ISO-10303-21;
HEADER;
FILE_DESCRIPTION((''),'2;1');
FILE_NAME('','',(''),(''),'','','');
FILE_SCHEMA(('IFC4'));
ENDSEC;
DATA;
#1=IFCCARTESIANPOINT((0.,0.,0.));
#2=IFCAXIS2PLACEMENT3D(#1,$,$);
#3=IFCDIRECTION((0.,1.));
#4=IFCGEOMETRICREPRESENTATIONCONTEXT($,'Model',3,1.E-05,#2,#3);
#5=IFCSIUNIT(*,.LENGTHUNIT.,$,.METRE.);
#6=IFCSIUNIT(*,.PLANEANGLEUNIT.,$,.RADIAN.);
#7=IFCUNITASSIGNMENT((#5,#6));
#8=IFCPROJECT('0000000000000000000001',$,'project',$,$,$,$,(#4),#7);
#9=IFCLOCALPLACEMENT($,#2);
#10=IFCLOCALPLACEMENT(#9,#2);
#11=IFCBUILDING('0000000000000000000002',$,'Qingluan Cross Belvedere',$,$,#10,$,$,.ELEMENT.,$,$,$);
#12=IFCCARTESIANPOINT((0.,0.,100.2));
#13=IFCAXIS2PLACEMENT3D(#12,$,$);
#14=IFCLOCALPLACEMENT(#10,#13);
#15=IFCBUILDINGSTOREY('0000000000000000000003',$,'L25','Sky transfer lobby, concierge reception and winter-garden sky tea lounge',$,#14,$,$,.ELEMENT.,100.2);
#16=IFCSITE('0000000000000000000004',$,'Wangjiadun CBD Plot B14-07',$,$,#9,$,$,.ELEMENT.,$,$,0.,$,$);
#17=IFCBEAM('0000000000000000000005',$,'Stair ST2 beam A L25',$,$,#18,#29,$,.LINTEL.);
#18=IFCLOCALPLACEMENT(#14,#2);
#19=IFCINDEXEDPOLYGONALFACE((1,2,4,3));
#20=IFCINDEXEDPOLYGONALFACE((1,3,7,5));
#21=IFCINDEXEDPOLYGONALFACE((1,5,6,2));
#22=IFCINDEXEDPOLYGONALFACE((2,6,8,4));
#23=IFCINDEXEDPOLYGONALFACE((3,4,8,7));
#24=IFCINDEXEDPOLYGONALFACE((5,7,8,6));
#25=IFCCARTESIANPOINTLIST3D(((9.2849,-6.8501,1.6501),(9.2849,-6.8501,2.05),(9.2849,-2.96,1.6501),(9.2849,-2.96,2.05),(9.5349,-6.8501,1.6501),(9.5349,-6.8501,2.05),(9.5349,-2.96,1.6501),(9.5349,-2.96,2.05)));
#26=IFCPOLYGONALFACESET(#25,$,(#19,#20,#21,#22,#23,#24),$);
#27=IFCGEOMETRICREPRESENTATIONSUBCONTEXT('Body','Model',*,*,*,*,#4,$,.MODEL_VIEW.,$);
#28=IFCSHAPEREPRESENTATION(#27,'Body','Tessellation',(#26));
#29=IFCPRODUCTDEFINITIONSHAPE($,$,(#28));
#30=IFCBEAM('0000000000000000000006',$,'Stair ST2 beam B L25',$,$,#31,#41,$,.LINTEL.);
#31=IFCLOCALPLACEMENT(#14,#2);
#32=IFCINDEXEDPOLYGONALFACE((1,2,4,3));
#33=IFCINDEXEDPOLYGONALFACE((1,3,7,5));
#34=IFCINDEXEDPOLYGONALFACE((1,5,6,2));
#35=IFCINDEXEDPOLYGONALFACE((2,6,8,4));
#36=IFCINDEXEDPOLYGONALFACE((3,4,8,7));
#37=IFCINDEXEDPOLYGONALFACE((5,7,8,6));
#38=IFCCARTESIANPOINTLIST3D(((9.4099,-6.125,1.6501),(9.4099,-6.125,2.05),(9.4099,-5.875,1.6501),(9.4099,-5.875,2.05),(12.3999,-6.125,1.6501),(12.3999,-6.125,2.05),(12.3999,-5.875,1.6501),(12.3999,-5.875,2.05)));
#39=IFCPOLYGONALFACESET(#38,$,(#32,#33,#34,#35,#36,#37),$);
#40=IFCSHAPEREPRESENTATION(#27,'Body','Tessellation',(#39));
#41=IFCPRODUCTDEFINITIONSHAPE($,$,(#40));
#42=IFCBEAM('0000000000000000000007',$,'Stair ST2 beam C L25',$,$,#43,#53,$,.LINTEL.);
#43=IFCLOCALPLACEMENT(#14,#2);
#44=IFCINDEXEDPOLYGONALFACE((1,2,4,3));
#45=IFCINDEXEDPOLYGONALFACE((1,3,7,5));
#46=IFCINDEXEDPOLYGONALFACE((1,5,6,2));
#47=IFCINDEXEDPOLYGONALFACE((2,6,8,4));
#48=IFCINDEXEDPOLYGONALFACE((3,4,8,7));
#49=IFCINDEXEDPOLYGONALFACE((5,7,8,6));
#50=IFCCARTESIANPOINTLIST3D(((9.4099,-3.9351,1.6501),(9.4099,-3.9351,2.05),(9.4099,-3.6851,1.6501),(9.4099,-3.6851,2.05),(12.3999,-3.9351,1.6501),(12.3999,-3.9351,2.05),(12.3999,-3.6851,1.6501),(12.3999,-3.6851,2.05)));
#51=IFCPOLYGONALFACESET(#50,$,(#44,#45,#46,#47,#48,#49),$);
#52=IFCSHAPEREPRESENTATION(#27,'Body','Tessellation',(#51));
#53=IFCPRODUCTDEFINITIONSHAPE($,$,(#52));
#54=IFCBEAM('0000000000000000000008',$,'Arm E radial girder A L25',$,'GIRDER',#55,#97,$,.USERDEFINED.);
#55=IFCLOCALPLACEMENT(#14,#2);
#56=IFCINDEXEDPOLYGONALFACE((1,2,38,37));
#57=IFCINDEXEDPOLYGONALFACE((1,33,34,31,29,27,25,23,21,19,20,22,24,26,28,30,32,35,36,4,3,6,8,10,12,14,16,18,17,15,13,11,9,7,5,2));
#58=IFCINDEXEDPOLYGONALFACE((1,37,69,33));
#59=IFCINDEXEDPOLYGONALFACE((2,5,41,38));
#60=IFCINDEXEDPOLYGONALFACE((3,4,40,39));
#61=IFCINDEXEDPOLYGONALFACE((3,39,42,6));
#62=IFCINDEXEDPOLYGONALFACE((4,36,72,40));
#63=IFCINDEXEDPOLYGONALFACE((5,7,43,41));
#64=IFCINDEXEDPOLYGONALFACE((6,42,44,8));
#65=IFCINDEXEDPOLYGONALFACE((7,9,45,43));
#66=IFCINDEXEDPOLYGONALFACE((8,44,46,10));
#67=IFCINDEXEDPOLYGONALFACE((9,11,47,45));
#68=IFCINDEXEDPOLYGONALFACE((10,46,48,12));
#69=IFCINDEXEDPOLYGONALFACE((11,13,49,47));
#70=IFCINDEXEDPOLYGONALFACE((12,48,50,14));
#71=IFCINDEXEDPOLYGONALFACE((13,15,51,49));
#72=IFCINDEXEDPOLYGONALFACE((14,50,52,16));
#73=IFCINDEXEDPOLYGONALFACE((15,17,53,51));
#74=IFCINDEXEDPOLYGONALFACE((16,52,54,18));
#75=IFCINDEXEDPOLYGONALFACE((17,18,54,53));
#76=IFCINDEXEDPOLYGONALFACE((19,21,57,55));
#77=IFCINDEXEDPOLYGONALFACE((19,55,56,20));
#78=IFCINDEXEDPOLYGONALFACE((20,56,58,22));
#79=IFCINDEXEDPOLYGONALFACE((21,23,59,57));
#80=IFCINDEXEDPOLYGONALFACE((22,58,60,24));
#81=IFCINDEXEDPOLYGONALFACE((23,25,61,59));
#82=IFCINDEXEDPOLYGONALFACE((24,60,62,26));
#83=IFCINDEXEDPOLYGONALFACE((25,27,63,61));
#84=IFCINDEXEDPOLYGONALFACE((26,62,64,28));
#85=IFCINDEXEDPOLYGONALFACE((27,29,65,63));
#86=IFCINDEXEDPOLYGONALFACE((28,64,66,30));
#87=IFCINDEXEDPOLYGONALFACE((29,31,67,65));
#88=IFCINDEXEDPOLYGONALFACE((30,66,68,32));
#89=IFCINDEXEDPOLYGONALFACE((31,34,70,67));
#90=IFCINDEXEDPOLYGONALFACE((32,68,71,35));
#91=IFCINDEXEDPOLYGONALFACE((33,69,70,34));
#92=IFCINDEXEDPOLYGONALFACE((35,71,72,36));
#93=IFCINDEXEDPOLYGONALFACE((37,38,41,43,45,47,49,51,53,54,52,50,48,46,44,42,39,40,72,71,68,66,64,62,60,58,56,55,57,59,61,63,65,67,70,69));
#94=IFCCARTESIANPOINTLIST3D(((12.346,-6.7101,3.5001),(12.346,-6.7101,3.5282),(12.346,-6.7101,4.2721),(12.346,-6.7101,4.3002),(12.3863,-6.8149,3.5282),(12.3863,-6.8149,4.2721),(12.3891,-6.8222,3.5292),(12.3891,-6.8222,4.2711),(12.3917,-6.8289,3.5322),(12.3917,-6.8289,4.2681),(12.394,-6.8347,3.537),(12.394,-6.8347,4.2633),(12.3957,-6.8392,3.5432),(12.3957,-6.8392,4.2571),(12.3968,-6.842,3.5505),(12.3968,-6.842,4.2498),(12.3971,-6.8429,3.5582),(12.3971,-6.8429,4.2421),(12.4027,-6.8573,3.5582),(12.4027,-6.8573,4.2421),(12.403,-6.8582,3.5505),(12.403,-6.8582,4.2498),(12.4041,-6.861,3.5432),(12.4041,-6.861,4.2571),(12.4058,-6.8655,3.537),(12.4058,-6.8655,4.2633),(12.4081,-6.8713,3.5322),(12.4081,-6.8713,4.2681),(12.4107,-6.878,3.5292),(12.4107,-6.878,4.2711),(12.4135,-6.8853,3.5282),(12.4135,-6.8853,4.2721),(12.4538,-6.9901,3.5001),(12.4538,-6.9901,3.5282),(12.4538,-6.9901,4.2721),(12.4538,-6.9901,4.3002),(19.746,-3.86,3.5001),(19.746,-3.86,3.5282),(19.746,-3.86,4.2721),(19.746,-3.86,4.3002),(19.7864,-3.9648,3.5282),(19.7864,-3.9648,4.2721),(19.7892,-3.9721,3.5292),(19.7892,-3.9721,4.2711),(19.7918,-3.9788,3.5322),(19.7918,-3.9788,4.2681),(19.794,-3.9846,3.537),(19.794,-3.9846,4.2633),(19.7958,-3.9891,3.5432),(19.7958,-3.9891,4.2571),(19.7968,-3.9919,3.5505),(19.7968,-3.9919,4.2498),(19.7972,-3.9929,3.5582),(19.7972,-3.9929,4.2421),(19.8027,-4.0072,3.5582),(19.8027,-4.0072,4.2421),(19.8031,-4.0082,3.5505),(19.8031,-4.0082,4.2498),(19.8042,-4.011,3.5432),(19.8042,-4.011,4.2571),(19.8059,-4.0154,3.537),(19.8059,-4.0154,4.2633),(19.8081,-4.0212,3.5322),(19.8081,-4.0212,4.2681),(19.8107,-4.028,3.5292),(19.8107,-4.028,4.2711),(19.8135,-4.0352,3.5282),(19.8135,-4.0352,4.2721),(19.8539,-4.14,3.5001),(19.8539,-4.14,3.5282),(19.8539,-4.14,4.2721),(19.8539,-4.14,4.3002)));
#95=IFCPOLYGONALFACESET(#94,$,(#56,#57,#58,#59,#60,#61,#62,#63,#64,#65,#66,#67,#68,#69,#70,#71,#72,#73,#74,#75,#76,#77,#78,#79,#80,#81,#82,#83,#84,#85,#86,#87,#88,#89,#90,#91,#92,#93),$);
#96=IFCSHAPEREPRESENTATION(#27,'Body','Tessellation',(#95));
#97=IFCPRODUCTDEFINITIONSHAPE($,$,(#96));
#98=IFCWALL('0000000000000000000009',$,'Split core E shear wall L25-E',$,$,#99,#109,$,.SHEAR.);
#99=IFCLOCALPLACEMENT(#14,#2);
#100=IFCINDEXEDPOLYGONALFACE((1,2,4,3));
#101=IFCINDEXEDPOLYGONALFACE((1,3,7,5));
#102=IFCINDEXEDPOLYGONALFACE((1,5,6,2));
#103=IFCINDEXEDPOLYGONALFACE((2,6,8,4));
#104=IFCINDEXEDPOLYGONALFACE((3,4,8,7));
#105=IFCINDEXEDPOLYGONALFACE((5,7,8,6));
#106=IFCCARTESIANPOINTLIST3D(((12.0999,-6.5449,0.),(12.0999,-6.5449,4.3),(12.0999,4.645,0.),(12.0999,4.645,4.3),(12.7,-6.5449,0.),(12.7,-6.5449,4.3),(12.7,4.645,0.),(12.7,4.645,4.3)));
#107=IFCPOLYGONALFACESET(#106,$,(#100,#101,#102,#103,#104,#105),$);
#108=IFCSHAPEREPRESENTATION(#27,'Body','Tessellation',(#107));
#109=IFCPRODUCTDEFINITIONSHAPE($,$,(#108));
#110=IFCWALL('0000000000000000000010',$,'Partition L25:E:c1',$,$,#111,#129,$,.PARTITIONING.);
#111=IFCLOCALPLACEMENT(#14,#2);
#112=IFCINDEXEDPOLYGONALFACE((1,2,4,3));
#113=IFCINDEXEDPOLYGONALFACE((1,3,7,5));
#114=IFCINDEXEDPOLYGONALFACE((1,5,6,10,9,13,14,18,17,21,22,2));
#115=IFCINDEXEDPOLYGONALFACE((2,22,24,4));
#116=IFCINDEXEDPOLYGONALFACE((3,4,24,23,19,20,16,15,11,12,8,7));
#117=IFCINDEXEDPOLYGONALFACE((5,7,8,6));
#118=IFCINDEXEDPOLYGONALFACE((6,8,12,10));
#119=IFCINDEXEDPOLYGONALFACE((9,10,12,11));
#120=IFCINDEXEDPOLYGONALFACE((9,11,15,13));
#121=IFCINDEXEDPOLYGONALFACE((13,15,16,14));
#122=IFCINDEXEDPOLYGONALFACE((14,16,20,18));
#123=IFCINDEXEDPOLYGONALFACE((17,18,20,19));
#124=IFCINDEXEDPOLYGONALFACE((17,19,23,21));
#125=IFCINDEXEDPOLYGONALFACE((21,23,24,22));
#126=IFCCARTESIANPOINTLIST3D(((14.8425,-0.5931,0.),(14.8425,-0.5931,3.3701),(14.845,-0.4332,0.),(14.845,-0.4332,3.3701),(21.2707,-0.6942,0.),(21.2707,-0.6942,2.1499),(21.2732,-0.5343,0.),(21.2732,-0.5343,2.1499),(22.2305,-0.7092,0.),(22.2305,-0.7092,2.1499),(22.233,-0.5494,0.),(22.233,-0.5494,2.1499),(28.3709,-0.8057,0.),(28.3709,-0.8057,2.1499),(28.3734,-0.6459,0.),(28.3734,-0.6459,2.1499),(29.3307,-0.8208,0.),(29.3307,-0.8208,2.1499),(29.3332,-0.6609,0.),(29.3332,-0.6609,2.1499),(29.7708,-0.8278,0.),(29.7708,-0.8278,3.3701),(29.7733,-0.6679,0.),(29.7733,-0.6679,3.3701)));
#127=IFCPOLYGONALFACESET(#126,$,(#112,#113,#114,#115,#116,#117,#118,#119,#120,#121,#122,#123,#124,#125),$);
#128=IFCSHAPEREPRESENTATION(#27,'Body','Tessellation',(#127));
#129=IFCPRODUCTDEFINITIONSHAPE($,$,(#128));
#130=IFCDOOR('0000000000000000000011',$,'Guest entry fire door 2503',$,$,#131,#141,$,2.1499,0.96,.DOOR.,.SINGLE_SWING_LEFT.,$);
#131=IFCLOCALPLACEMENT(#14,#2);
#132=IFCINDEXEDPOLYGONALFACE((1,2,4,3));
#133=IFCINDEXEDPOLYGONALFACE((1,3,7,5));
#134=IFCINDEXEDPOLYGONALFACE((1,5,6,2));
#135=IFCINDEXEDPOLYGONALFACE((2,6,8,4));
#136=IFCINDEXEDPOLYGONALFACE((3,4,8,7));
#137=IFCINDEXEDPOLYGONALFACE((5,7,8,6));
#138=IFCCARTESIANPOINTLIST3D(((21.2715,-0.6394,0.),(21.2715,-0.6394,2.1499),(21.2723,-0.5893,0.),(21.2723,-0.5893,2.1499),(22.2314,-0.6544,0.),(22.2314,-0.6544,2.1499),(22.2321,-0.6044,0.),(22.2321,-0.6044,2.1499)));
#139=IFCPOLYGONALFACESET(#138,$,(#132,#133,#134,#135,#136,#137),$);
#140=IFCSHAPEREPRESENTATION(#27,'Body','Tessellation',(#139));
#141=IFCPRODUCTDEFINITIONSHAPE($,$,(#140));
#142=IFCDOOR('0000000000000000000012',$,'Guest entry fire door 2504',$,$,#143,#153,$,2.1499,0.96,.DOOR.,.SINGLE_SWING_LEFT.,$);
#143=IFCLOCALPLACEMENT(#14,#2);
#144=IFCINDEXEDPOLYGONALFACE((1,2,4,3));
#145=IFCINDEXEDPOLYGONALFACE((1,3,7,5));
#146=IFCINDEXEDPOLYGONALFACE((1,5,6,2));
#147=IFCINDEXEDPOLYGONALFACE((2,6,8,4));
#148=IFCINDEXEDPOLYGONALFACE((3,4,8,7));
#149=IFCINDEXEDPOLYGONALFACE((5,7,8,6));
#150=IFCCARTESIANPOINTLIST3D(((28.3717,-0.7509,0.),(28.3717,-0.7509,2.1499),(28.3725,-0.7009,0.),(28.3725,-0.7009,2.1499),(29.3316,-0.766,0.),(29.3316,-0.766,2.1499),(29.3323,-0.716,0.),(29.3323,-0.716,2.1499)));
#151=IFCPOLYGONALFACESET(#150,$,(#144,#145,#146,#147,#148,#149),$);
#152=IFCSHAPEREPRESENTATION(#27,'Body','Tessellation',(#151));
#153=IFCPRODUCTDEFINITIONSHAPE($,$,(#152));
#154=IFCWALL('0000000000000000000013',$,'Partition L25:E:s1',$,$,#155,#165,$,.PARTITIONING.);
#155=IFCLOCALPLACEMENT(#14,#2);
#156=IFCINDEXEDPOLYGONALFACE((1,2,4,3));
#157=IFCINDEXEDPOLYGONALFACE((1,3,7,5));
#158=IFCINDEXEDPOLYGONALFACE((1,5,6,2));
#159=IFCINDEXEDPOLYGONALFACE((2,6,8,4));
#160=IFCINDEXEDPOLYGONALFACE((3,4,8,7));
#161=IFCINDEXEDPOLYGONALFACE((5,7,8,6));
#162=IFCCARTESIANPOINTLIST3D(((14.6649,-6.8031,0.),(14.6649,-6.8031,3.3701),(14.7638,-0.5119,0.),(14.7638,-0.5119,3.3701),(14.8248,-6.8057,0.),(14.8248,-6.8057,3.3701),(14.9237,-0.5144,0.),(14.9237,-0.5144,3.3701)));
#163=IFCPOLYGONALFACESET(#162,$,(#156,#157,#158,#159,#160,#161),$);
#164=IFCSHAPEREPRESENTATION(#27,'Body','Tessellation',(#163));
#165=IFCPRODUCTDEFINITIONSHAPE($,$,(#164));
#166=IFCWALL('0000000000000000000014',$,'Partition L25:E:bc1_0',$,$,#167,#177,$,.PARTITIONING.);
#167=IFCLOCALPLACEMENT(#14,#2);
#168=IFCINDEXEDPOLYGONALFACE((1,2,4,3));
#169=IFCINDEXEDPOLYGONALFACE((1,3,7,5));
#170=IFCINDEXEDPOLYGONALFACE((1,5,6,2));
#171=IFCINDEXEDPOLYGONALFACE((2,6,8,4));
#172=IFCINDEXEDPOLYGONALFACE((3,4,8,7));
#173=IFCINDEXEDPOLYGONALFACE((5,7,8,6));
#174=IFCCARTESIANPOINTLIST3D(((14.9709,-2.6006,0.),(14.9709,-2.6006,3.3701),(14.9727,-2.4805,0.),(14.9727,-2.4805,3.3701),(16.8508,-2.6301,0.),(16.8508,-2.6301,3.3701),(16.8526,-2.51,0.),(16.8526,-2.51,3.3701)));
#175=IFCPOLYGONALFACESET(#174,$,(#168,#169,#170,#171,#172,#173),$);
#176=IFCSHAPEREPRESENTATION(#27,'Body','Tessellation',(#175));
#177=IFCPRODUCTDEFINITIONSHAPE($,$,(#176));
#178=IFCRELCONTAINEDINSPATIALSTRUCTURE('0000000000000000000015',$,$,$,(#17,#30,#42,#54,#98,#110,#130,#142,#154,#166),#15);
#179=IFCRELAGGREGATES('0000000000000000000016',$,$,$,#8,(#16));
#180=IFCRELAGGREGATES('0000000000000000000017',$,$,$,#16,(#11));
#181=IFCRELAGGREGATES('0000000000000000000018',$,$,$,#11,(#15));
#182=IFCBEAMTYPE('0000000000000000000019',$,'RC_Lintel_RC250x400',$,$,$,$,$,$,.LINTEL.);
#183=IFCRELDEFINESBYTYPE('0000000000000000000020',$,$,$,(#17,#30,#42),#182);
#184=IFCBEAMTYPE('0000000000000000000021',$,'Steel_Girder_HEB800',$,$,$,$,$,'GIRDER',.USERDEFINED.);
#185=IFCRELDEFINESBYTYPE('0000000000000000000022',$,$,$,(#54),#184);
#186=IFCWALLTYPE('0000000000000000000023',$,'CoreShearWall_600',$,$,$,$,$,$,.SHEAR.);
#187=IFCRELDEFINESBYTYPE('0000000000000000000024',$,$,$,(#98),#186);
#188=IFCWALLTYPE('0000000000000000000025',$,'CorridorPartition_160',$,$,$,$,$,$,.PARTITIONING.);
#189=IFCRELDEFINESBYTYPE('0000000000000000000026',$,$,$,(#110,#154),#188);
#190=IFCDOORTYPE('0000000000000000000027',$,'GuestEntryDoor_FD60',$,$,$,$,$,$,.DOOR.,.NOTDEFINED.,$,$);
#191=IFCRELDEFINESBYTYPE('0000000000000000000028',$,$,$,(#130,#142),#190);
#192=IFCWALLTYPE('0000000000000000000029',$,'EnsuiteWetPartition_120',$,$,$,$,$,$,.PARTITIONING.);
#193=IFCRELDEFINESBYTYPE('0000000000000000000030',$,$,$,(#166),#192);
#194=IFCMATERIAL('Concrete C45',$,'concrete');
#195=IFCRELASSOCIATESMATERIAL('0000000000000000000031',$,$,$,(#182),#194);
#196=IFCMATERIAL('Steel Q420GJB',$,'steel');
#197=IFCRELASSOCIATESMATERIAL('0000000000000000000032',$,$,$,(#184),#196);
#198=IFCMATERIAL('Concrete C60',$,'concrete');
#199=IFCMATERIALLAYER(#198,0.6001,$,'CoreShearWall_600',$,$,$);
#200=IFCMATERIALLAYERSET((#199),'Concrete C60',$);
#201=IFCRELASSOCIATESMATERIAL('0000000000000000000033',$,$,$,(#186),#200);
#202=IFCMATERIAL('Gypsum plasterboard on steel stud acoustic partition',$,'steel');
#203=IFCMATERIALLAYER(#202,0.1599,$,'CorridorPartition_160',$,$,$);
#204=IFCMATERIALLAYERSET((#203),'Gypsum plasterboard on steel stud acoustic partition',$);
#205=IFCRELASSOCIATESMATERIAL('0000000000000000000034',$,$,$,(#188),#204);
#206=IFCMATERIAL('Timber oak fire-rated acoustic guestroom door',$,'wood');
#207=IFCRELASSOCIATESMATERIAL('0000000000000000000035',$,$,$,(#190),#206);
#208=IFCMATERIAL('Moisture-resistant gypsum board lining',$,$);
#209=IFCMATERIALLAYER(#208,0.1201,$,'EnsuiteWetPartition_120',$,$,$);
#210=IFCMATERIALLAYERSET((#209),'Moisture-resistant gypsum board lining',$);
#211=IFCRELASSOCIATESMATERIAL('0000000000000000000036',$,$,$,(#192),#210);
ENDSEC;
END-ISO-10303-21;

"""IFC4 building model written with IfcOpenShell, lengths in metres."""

from ifc_helpers import new_model, si_unit, direction, frame, frame_2d, origin, origin_2d, place, context, subcontext, project, spatial, rectangle, i_section, extrude, material, layer, layer_set, material_profile, profile_set, type_object, element, fill, save


model = new_model("IFC4")

# Units and contexts
model_context = context("Model", 3, precision=1e-05, world=origin(), true_north=direction((0.0, 1.0)))
body_context = subcontext(model_context, "Body", "Model", "MODEL_VIEW")
ifc_project = project(units=[si_unit("LENGTHUNIT", "METRE"), si_unit("PLANEANGLEUNIT", "RADIAN")], contexts=[model_context])

# Site, building, storey
site_placement = place(None, origin())
site = spatial("IfcSite", under=ifc_project, at=site_placement, Name="Wangjiadun CBD Plot B14-07", CompositionType="ELEMENT", RefElevation=0.0)
building_placement = place(site_placement, origin())
building = spatial("IfcBuilding", under=site, at=building_placement, Name="Qingluan Cross Belvedere", CompositionType="ELEMENT")
storey_placement = place(building_placement, frame((0.0, 0.0, 100.2)))
storey = spatial("IfcBuildingStorey", under=building, at=storey_placement, Name="L25", Description="Sky transfer lobby, concierge reception and winter-garden sky tea lounge", CompositionType="ELEMENT", Elevation=100.2)

# Beams
ifc_material_1 = material(Name="Concrete C45", Category="concrete")
ifc_material_profile_1 = material_profile(ifc_material_1, rectangle(XDim=0.25, YDim=0.3999, at=origin_2d()), Name="RC250x400")
ifc_profile_set_1 = profile_set([ifc_material_profile_1], Name="Concrete C45")
beam_type_1 = type_object("IfcBeamType", Name="RC_Lintel_RC250x400", PredefinedType="LINTEL", material=ifc_profile_set_1)
beam_1_placement = place(storey_placement, frame((9.4099, -6.8501, 1.8501), z_axis=(0.0, 1.0, 0.0), x_axis=(-1.0, 0.0, 0.0)))
element("IfcBeam", 1, at=beam_1_placement, inside=storey, type_object=beam_type_1, Name="Stair ST2 beam A L25", PredefinedType="LINTEL", context=body_context, shape_type="SweptSolid", body=[
    extrude(rectangle(XDim=0.25, YDim=0.3999, at=origin_2d()), origin(), (0.0, 0.0, 1.0), 3.8901),
])
for number, where, z_axis, x_axis, name in (
    (2, (12.3999, -6.0, 1.8501), (-1.0, 0.0, 0.0), (0.0, -1.0, 0.0), "Stair ST2 beam B L25"),
    (3, (12.3999, -3.8101, 1.8501), (-1.0, 0.0, 0.0), (0.0, -1.0, 0.0), "Stair ST2 beam C L25"),
):
    element("IfcBeam", number, at=place(storey_placement, frame(where, z_axis=z_axis, x_axis=x_axis)), inside=storey, type_object=beam_type_1, Name=name, PredefinedType="LINTEL", context=body_context, shape_type="SweptSolid", body=[
        extrude(rectangle(XDim=0.25, YDim=0.3999, at=origin_2d()), origin(), (0.0, 0.0, 1.0), 2.99),
    ])
ifc_material_2 = material(Name="Steel Q420GJB", Category="steel")
ifc_material_profile_2 = material_profile(ifc_material_2, i_section(OverallWidth=0.3, OverallDepth=0.8, WebThickness=0.0154, FlangeThickness=0.0281, FilletRadius=0.03, at=origin_2d()), Name="HEB800")
ifc_profile_set_2 = profile_set([ifc_material_profile_2], Name="Steel Q420GJB")
beam_type_2 = type_object("IfcBeamType", Name="Steel_Girder_HEB800", ElementType="GIRDER", PredefinedType="USERDEFINED", material=ifc_profile_set_2)
beam_2_placement = place(storey_placement, frame((12.3999, -6.8501, 3.9001), z_axis=(0.933181, 0.359406, 0.0), x_axis=(-0.359406, 0.933181, 0.0)))
element("IfcBeam", 4, at=beam_2_placement, inside=storey, type_object=beam_type_2, Name="Arm E radial girder A L25", ObjectType="GIRDER", PredefinedType="USERDEFINED", context=body_context, shape_type="SweptSolid", body=[
    extrude(i_section(OverallWidth=0.3, OverallDepth=0.8, WebThickness=0.0154, FlangeThickness=0.0281, FilletRadius=0.03, at=origin_2d()), origin(), (0.0, 0.0, 1.0), 7.9299),
])

# Wall
ifc_material_3 = material(Name="Concrete C60", Category="concrete")
ifc_layer_1 = layer(ifc_material_3, 0.6001, Name="CoreShearWall_600")
ifc_layer_set_1 = layer_set([ifc_layer_1], Name="Concrete C60")
wall_type_1 = type_object("IfcWallType", Name="CoreShearWall_600", PredefinedType="SHEAR", material=ifc_layer_set_1)
wall_1_placement = place(storey_placement, frame((12.3999, -6.5449, 0.0), z_axis=(0.0, 0.0, 1.0), x_axis=(0.0, 1.0, 0.0)))
element("IfcWall", 5, at=wall_1_placement, inside=storey, type_object=wall_type_1, Name="Split core E shear wall L25-E", PredefinedType="SHEAR", context=body_context, shape_type="SweptSolid", body=[
    extrude(rectangle(XDim=11.1899, YDim=0.6001, at=frame_2d((5.595, 0.0))), origin(), (0.0, 0.0, 1.0), 4.3),
])

# Wall, openings, doors
ifc_material_4 = material(Name="Gypsum plasterboard on steel stud acoustic partition", Category="steel")
ifc_layer_2 = layer(ifc_material_4, 0.1599, Name="CorridorPartition_160")
ifc_layer_set_2 = layer_set([ifc_layer_2], Name="Gypsum plasterboard on steel stud acoustic partition")
wall_type_2 = type_object("IfcWallType", Name="CorridorPartition_160", PredefinedType="PARTITIONING", material=ifc_layer_set_2)
wall_2_placement = place(storey_placement, frame((14.8438, -0.5132, 0.0), z_axis=(0.0, 0.0, 1.0), x_axis=(0.999877, -0.015715, 0.0)))
wall_2 = element("IfcWall", 6, at=wall_2_placement, inside=storey, type_object=wall_type_2, Name="Partition L25:E:c1", PredefinedType="PARTITIONING", context=body_context, shape_type="SweptSolid", body=[
    extrude(rectangle(XDim=14.9302, YDim=0.1599, at=frame_2d((7.4651, 0.0))), origin(), (0.0, 0.0, 1.0), 3.3701),
])
opening_1_placement = place(wall_2_placement, frame((6.429, 0.0, 0.0)))
opening_1 = element("IfcOpeningElement", 7, at=opening_1_placement, cuts=wall_2, PredefinedType="OPENING", context=body_context, shape_type="SweptSolid", body=[
    extrude(rectangle(XDim=0.96, YDim=2.1499, at=frame_2d((0.48, 1.075))), frame((0.0, 0.0898, 0.0), z_axis=(0.0, -1.0, 0.0), x_axis=(1.0, 0.0, 0.0)), (0.0, 0.0, 1.0), 0.1799),
])
opening_2_placement = place(wall_2_placement, frame((13.53, 0.0, 0.0)))
opening_2 = element("IfcOpeningElement", 8, at=opening_2_placement, cuts=wall_2, PredefinedType="OPENING", context=body_context, shape_type="SweptSolid", body=[
    extrude(rectangle(XDim=0.96, YDim=2.1499, at=frame_2d((0.48, 1.075))), frame((0.0, 0.0898, 0.0), z_axis=(0.0, -1.0, 0.0), x_axis=(1.0, 0.0, 0.0)), (0.0, 0.0, 1.0), 0.1799),
])
ifc_material_5 = material(Name="Timber oak fire-rated acoustic guestroom door", Category="wood")
door_type = type_object("IfcDoorType", Name="GuestEntryDoor_FD60", OperationType="NOTDEFINED", PredefinedType="DOOR", material=ifc_material_5)
door_1_placement = place(opening_1_placement, origin())
door_1 = element("IfcDoor", 9, at=door_1_placement, inside=storey, type_object=door_type, Name="Guest entry fire door 2503", OperationType="SINGLE_SWING_LEFT", OverallHeight=2.1499, OverallWidth=0.96, PredefinedType="DOOR", context=body_context, shape_type="SweptSolid", body=[
    extrude(rectangle(XDim=0.96, YDim=2.1499, at=frame_2d((0.48, 1.075))), frame((0.0, 0.0249, 0.0), z_axis=(0.0, -1.0, 0.0), x_axis=(1.0, 0.0, 0.0)), (0.0, 0.0, 1.0), 0.05),
])
fill(opening_1, door_1)
door_2_placement = place(opening_2_placement, origin())
door_2 = element("IfcDoor", 10, at=door_2_placement, inside=storey, type_object=door_type, Name="Guest entry fire door 2504", OperationType="SINGLE_SWING_LEFT", OverallHeight=2.1499, OverallWidth=0.96, PredefinedType="DOOR", context=body_context, shape_type="SweptSolid", body=[
    extrude(rectangle(XDim=0.96, YDim=2.1499, at=frame_2d((0.48, 1.075))), frame((0.0, 0.0249, 0.0), z_axis=(0.0, -1.0, 0.0), x_axis=(1.0, 0.0, 0.0)), (0.0, 0.0, 1.0), 0.05),
])
fill(opening_2, door_2)

# Walls
wall_3_placement = place(storey_placement, frame((14.8438, -0.5132, 0.0), z_axis=(0.0, 0.0, 1.0), x_axis=(-0.015715, -0.999877, 0.0)))
element("IfcWall", 11, at=wall_3_placement, inside=storey, type_object=wall_type_2, Name="Partition L25:E:s1", PredefinedType="PARTITIONING", context=body_context, shape_type="SweptSolid", body=[
    extrude(rectangle(XDim=6.292, YDim=0.1599, at=frame_2d((3.146, 0.0))), origin(), (0.0, 0.0, 1.0), 3.3701),
])
ifc_material_6 = material(Name="Moisture-resistant gypsum board lining")
ifc_layer_3 = layer(ifc_material_6, 0.1201, Name="EnsuiteWetPartition_120")
ifc_layer_set_3 = layer_set([ifc_layer_3], Name="Moisture-resistant gypsum board lining")
wall_type_3 = type_object("IfcWallType", Name="EnsuiteWetPartition_120", PredefinedType="PARTITIONING", material=ifc_layer_set_3)
wall_4_placement = place(storey_placement, frame((14.9719, -2.5405, 0.0), z_axis=(0.0, 0.0, 1.0), x_axis=(0.999877, -0.015712, 0.0)))
element("IfcWall", 12, at=wall_4_placement, inside=storey, type_object=wall_type_3, Name="Partition L25:E:bc1_0", PredefinedType="PARTITIONING", context=body_context, shape_type="SweptSolid", body=[
    extrude(rectangle(XDim=1.8801, YDim=0.1201, at=frame_2d((0.9399, 0.0))), origin(), (0.0, 0.0, 1.0), 3.3701),
])

save(model, "model.ifc")
